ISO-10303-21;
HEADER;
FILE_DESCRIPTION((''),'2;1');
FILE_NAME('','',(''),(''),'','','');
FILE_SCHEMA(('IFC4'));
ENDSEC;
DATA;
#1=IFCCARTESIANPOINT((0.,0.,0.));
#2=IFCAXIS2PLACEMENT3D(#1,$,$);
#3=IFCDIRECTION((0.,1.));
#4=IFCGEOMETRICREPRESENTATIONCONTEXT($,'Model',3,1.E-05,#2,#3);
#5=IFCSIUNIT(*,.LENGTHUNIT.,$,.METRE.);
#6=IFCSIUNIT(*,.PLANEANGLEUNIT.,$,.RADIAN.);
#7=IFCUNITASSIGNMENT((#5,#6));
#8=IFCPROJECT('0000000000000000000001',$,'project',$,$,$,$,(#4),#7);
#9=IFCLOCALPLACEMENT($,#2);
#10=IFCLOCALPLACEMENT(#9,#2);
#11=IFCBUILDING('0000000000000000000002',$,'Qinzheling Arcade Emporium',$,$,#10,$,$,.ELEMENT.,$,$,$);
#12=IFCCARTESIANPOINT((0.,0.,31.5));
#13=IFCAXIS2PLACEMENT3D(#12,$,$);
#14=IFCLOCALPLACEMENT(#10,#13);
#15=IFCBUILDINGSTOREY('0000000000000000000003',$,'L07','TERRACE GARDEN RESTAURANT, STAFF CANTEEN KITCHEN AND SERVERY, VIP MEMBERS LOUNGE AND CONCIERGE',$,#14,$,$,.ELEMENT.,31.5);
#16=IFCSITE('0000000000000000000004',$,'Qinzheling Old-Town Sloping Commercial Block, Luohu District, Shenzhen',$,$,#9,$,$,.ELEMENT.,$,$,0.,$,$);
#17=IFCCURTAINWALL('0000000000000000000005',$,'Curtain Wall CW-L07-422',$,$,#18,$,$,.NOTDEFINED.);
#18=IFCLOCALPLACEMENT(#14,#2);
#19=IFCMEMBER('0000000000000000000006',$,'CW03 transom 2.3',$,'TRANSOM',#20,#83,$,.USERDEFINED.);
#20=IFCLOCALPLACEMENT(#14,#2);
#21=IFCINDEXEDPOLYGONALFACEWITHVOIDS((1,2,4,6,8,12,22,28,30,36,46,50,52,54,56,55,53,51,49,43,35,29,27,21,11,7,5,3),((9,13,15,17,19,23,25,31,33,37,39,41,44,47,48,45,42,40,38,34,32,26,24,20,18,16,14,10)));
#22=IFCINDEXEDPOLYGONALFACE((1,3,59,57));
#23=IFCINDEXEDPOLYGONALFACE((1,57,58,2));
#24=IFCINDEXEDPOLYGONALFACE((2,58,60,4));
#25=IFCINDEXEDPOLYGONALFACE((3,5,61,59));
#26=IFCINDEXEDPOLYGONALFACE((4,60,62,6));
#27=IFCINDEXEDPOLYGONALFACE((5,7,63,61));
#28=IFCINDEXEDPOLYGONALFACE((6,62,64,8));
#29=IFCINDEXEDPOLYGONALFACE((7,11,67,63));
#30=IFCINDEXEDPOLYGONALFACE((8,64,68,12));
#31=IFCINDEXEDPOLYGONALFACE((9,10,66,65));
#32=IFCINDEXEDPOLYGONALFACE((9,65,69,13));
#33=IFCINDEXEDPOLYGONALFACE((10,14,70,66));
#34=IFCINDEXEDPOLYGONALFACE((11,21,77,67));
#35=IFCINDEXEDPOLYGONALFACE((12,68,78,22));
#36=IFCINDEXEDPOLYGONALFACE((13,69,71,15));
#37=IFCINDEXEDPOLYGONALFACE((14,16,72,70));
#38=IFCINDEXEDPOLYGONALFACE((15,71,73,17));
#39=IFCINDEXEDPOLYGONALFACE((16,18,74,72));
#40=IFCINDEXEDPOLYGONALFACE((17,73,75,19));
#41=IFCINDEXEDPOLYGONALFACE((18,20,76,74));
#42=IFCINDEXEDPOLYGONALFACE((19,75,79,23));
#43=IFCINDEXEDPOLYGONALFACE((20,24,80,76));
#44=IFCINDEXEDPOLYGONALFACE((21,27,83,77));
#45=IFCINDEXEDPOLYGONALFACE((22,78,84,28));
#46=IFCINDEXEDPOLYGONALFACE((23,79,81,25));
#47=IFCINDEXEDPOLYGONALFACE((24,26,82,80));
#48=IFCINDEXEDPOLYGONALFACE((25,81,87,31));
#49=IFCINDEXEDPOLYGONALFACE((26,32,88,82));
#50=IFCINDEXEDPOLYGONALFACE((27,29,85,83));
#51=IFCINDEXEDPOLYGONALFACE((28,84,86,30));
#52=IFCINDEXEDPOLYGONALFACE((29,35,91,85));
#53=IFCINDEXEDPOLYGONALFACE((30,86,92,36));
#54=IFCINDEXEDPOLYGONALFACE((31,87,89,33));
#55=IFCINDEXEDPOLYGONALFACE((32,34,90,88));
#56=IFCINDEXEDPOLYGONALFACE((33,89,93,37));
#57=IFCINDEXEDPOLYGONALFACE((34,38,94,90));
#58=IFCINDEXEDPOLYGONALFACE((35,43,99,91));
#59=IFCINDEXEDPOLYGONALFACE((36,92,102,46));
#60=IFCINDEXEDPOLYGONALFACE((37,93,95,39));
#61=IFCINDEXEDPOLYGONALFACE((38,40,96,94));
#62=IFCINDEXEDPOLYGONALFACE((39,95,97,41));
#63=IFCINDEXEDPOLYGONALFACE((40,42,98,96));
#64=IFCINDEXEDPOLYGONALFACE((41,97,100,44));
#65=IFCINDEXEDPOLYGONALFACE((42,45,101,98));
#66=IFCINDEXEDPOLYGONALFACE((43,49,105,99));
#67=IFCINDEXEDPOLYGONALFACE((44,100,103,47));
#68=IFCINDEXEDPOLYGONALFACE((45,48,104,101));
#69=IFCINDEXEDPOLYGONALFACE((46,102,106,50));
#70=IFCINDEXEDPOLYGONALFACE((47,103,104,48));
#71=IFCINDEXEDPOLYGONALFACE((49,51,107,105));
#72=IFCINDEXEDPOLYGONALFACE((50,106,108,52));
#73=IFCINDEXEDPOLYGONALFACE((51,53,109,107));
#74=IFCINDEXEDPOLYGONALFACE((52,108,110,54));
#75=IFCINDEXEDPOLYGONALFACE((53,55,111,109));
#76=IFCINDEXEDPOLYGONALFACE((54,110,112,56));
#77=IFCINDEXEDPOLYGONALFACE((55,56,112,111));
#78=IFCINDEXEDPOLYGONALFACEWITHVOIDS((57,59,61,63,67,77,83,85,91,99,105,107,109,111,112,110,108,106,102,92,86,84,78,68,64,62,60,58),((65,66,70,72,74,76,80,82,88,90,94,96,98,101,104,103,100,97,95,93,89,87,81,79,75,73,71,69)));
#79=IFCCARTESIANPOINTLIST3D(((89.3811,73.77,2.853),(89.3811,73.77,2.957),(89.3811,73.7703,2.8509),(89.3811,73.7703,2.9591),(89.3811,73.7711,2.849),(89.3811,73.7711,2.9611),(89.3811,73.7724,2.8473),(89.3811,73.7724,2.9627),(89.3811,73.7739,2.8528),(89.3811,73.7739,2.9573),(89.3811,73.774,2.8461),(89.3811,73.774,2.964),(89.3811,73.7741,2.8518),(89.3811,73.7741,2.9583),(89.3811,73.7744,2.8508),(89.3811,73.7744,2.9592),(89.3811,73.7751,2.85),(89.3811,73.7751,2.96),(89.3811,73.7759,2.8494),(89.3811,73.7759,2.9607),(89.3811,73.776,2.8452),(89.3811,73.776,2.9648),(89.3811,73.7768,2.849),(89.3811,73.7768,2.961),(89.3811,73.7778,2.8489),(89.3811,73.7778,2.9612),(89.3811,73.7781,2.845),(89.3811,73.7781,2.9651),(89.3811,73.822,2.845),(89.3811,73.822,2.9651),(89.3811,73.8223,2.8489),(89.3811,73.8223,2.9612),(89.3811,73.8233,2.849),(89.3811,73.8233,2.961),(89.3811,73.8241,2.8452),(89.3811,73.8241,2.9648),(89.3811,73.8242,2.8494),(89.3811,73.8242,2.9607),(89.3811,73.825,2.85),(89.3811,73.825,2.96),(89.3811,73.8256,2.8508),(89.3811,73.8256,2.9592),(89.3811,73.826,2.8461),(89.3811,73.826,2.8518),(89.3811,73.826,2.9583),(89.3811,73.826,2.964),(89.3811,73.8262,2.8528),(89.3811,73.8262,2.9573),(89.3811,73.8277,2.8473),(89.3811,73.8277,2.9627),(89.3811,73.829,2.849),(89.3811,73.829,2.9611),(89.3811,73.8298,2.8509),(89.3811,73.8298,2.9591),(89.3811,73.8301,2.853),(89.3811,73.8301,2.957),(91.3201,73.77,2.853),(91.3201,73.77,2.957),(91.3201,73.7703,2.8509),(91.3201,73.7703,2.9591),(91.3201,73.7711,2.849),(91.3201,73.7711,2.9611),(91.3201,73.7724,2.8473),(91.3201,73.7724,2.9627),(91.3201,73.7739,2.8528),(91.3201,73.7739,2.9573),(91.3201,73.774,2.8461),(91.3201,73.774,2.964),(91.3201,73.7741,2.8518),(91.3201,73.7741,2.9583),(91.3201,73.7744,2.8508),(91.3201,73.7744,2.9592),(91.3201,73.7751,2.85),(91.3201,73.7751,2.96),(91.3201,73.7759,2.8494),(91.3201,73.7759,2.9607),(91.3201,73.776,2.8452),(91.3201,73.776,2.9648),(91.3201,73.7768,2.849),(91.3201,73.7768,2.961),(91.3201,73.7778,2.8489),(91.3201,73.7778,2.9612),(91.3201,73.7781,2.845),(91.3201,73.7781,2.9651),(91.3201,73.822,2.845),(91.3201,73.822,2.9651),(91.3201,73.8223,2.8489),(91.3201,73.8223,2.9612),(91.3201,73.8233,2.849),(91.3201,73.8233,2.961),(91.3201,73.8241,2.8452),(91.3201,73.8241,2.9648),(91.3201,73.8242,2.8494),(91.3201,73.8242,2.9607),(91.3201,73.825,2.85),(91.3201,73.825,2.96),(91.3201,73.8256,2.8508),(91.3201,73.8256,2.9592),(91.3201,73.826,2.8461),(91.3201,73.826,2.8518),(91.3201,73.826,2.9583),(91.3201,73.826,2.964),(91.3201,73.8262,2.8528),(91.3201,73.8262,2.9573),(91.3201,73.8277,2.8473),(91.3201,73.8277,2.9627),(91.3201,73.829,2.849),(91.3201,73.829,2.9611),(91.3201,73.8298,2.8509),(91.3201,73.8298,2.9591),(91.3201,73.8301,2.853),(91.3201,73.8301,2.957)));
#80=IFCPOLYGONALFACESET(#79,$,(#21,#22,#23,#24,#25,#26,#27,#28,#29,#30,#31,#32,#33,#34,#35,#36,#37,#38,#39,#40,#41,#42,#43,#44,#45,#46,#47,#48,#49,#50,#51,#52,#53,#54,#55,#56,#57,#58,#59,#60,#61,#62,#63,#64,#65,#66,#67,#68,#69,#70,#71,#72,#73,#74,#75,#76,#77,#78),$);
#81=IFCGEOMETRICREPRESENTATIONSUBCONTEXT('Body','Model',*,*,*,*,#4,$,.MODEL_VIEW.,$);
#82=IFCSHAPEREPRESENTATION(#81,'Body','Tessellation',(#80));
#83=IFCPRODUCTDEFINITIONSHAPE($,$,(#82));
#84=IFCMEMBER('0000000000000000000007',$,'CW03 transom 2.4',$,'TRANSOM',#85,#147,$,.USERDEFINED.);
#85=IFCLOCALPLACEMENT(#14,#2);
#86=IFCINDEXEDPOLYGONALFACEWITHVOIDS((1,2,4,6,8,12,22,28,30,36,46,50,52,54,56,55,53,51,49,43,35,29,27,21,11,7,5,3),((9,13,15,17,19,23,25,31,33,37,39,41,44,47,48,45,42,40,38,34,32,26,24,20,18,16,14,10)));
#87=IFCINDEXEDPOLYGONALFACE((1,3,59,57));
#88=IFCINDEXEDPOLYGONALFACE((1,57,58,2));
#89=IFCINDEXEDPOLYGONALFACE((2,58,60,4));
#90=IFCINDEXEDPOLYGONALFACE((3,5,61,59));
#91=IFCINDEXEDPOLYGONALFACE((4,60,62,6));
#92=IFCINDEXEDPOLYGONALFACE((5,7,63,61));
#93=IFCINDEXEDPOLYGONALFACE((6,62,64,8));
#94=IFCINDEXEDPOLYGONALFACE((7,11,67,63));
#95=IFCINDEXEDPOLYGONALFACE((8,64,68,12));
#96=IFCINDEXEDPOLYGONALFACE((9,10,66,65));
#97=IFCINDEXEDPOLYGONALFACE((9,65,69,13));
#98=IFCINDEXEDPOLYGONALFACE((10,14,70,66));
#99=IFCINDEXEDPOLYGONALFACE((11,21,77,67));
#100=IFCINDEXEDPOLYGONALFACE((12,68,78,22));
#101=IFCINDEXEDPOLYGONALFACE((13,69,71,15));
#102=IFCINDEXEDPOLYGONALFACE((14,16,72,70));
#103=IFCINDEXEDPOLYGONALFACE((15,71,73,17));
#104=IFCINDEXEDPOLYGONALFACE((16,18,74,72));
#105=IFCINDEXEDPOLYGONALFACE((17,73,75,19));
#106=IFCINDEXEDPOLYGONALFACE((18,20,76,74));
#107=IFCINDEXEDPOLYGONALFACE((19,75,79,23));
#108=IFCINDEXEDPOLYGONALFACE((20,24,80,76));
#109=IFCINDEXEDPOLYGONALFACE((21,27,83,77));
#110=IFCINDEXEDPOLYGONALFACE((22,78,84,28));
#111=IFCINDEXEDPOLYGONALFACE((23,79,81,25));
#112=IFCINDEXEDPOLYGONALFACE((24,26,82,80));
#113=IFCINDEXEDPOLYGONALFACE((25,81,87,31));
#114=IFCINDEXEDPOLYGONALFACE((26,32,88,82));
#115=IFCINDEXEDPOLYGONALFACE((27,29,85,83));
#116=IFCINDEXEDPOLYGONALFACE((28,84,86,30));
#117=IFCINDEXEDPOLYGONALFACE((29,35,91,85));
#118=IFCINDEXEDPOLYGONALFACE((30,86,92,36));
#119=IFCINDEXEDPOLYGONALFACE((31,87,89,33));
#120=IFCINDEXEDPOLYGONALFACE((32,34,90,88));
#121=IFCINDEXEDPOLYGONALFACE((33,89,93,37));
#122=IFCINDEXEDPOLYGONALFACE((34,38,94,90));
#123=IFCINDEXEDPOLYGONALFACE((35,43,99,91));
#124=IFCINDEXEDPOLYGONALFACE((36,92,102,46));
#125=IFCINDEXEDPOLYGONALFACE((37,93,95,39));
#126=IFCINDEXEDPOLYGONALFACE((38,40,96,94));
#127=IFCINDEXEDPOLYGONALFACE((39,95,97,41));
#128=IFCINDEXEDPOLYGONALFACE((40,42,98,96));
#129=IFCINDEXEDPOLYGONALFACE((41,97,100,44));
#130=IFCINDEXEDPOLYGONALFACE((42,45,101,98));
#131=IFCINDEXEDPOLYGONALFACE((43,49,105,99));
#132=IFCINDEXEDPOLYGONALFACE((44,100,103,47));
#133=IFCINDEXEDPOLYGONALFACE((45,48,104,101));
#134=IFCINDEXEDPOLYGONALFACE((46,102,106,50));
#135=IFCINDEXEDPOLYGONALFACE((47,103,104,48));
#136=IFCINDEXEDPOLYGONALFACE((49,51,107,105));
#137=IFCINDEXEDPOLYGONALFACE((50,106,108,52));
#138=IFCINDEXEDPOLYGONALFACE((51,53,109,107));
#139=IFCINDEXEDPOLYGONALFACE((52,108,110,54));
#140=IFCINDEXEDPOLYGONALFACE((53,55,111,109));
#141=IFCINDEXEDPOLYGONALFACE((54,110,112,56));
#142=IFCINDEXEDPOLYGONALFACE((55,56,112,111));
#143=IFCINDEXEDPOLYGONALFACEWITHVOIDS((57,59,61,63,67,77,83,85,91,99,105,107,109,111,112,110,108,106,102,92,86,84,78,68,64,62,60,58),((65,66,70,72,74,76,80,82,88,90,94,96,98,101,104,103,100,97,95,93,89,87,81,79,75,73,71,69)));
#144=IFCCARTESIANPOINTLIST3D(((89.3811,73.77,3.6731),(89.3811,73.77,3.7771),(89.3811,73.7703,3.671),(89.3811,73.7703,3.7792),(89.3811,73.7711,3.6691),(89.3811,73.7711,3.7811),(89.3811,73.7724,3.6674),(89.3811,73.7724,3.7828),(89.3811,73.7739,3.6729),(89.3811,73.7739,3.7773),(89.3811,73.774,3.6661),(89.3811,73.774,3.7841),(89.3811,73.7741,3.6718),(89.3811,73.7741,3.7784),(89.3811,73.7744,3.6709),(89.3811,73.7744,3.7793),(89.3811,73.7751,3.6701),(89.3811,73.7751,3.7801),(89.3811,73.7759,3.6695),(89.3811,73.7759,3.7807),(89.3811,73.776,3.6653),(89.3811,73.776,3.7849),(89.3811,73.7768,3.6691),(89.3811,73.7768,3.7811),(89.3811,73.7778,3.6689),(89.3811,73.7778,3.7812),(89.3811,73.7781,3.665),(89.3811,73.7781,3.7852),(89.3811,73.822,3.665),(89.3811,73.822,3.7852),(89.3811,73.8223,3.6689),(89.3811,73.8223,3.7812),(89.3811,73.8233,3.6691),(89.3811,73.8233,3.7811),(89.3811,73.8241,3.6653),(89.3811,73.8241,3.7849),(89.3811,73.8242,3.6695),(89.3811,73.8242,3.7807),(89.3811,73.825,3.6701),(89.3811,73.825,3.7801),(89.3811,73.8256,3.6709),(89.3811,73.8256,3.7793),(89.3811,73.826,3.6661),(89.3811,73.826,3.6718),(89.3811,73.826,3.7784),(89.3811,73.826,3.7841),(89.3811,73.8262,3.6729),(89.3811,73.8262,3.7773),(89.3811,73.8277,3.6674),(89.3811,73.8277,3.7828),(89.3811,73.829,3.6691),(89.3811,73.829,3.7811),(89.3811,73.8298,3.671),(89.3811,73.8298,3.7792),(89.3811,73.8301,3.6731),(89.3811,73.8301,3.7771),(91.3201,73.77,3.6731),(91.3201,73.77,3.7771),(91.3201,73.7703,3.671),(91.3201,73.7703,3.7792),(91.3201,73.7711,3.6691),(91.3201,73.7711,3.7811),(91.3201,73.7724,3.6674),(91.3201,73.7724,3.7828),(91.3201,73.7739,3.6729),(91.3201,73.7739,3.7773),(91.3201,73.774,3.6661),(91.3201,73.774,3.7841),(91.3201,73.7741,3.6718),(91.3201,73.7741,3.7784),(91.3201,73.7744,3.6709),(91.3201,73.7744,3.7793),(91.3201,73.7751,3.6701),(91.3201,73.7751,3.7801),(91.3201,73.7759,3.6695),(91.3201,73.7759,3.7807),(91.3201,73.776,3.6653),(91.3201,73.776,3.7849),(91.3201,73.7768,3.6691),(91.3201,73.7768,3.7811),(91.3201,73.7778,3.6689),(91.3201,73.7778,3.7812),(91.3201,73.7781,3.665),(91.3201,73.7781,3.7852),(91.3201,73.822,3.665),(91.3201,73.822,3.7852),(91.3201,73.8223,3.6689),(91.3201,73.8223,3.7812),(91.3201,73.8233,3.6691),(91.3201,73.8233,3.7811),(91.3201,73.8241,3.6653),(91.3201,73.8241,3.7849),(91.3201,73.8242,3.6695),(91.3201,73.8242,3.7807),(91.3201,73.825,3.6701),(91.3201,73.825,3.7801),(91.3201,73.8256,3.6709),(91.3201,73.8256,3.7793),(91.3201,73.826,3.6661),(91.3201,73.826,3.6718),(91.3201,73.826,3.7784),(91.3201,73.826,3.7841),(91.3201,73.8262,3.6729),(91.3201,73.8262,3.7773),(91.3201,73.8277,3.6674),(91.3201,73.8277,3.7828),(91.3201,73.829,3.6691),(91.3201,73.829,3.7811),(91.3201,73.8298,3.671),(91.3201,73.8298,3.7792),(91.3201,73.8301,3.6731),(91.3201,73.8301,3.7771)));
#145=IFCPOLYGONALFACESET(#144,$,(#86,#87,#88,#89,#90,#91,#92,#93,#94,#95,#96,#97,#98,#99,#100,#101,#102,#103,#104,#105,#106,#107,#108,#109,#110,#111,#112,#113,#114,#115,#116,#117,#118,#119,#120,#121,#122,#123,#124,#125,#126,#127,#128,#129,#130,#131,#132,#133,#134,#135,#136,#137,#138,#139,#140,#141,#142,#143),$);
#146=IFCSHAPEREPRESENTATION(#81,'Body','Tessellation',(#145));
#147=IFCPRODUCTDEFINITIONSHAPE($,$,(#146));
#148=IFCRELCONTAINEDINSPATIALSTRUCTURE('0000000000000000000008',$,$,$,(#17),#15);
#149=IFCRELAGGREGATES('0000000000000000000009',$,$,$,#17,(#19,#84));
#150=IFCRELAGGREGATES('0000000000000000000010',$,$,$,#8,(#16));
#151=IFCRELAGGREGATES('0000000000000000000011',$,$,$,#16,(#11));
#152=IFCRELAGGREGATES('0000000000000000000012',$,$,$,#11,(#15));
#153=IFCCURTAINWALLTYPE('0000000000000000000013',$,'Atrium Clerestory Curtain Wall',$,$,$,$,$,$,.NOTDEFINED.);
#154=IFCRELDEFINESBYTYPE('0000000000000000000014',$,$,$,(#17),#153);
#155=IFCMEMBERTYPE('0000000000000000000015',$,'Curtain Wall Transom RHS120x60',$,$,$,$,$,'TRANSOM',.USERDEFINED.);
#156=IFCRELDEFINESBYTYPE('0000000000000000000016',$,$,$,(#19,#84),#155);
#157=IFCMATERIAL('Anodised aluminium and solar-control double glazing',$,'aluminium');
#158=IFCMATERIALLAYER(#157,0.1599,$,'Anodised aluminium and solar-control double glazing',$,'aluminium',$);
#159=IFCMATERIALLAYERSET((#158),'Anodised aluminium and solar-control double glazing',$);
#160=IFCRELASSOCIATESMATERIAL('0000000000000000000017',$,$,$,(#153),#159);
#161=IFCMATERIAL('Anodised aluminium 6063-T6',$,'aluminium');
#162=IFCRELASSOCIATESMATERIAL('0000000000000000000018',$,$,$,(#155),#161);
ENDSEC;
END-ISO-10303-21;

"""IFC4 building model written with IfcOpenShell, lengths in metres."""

from ifc_helpers import new_model, si_unit, direction, frame, origin, origin_2d, place, context, subcontext, project, spatial, hollow_rectangle, extrude, material, layer, layer_set, material_profile, profile_set, type_object, element, aggregate, save


model = new_model("IFC4")

# Units and contexts
model_context = context("Model", 3, precision=1e-05, world=origin(), true_north=direction((0.0, 1.0)))
body_context = subcontext(model_context, "Body", "Model", "MODEL_VIEW")
ifc_project = project(units=[si_unit("LENGTHUNIT", "METRE"), si_unit("PLANEANGLEUNIT", "RADIAN")], contexts=[model_context])

# Site, building, storey
site_placement = place(None, origin())
site = spatial("IfcSite", under=ifc_project, at=site_placement, Name="Qinzheling Old-Town Sloping Commercial Block, Luohu District, Shenzhen", CompositionType="ELEMENT", RefElevation=0.0)
building_placement = place(site_placement, origin())
building = spatial("IfcBuilding", under=site, at=building_placement, Name="Qinzheling Arcade Emporium", CompositionType="ELEMENT")
storey_placement = place(building_placement, frame((0.0, 0.0, 31.5)))
storey = spatial("IfcBuildingStorey", under=building, at=storey_placement, Name="L07", Description="TERRACE GARDEN RESTAURANT, STAFF CANTEEN KITCHEN AND SERVERY, VIP MEMBERS LOUNGE AND CONCIERGE", CompositionType="ELEMENT", Elevation=31.5)

# Shared definitions
ifc_material_1 = material(Name="Anodised aluminium and solar-control double glazing", Category="aluminium")
ifc_layer_1 = layer(ifc_material_1, 0.1599, Name="Anodised aluminium and solar-control double glazing", Category="aluminium")
ifc_layer_set_1 = layer_set([ifc_layer_1], Name="Anodised aluminium and solar-control double glazing")
curtain_wall_type = type_object("IfcCurtainWallType", Name="Atrium Clerestory Curtain Wall", PredefinedType="NOTDEFINED", material=ifc_layer_set_1)
ifc_material_2 = material(Name="Anodised aluminium 6063-T6", Category="aluminium")

# Curtain wall, members
curtain_wall_1_placement = place(storey_placement, origin())
curtain_wall_1 = element("IfcCurtainWall", 1, at=curtain_wall_1_placement, inside=storey, type_object=curtain_wall_type, Name="Curtain Wall CW-L07-422", PredefinedType="NOTDEFINED")
ifc_material_profile_1 = material_profile(ifc_material_2, hollow_rectangle(XDim=0.0601, YDim=0.1201, WallThickness=0.0039, InnerFilletRadius=0.0039, OuterFilletRadius=0.0081, at=origin_2d()), Name="RHS 120x60x4", Category="aluminium")
ifc_profile_set_1 = profile_set([ifc_material_profile_1], Name="Anodised aluminium 6063-T6")
member_type_1 = type_object("IfcMemberType", Name="Curtain Wall Transom RHS120x60", ElementType="TRANSOM", PredefinedType="USERDEFINED", material=ifc_profile_set_1)
member_1_placement = place(storey_placement, frame((89.3811, 73.8, 2.905), z_axis=(1.0, 0.0, 0.0), x_axis=(0.0, 1.0, 0.0)))
member_1 = element("IfcMember", 2, at=member_1_placement, type_object=member_type_1, Name="CW03 transom 2.3", ObjectType="TRANSOM", PredefinedType="USERDEFINED", context=body_context, shape_type="SweptSolid", body=[
    extrude(hollow_rectangle(XDim=0.0601, YDim=0.1201, WallThickness=0.0039, InnerFilletRadius=0.0039, OuterFilletRadius=0.0081, at=origin_2d()), origin(), (0.0, 0.0, 1.0), 1.939),
])
member_2_placement = place(storey_placement, frame((89.3811, 73.8, 3.7251), z_axis=(1.0, 0.0, 0.0), x_axis=(0.0, 1.0, 0.0)))
member_2 = element("IfcMember", 3, at=member_2_placement, type_object=member_type_1, Name="CW03 transom 2.4", ObjectType="TRANSOM", PredefinedType="USERDEFINED", context=body_context, shape_type="SweptSolid", body=[
    extrude(hollow_rectangle(XDim=0.0601, YDim=0.1201, WallThickness=0.0039, InnerFilletRadius=0.0039, OuterFilletRadius=0.0081, at=origin_2d()), origin(), (0.0, 0.0, 1.0), 1.939),
])

aggregate(curtain_wall_1, [member_1, member_2])

save(model, "model.ifc")
